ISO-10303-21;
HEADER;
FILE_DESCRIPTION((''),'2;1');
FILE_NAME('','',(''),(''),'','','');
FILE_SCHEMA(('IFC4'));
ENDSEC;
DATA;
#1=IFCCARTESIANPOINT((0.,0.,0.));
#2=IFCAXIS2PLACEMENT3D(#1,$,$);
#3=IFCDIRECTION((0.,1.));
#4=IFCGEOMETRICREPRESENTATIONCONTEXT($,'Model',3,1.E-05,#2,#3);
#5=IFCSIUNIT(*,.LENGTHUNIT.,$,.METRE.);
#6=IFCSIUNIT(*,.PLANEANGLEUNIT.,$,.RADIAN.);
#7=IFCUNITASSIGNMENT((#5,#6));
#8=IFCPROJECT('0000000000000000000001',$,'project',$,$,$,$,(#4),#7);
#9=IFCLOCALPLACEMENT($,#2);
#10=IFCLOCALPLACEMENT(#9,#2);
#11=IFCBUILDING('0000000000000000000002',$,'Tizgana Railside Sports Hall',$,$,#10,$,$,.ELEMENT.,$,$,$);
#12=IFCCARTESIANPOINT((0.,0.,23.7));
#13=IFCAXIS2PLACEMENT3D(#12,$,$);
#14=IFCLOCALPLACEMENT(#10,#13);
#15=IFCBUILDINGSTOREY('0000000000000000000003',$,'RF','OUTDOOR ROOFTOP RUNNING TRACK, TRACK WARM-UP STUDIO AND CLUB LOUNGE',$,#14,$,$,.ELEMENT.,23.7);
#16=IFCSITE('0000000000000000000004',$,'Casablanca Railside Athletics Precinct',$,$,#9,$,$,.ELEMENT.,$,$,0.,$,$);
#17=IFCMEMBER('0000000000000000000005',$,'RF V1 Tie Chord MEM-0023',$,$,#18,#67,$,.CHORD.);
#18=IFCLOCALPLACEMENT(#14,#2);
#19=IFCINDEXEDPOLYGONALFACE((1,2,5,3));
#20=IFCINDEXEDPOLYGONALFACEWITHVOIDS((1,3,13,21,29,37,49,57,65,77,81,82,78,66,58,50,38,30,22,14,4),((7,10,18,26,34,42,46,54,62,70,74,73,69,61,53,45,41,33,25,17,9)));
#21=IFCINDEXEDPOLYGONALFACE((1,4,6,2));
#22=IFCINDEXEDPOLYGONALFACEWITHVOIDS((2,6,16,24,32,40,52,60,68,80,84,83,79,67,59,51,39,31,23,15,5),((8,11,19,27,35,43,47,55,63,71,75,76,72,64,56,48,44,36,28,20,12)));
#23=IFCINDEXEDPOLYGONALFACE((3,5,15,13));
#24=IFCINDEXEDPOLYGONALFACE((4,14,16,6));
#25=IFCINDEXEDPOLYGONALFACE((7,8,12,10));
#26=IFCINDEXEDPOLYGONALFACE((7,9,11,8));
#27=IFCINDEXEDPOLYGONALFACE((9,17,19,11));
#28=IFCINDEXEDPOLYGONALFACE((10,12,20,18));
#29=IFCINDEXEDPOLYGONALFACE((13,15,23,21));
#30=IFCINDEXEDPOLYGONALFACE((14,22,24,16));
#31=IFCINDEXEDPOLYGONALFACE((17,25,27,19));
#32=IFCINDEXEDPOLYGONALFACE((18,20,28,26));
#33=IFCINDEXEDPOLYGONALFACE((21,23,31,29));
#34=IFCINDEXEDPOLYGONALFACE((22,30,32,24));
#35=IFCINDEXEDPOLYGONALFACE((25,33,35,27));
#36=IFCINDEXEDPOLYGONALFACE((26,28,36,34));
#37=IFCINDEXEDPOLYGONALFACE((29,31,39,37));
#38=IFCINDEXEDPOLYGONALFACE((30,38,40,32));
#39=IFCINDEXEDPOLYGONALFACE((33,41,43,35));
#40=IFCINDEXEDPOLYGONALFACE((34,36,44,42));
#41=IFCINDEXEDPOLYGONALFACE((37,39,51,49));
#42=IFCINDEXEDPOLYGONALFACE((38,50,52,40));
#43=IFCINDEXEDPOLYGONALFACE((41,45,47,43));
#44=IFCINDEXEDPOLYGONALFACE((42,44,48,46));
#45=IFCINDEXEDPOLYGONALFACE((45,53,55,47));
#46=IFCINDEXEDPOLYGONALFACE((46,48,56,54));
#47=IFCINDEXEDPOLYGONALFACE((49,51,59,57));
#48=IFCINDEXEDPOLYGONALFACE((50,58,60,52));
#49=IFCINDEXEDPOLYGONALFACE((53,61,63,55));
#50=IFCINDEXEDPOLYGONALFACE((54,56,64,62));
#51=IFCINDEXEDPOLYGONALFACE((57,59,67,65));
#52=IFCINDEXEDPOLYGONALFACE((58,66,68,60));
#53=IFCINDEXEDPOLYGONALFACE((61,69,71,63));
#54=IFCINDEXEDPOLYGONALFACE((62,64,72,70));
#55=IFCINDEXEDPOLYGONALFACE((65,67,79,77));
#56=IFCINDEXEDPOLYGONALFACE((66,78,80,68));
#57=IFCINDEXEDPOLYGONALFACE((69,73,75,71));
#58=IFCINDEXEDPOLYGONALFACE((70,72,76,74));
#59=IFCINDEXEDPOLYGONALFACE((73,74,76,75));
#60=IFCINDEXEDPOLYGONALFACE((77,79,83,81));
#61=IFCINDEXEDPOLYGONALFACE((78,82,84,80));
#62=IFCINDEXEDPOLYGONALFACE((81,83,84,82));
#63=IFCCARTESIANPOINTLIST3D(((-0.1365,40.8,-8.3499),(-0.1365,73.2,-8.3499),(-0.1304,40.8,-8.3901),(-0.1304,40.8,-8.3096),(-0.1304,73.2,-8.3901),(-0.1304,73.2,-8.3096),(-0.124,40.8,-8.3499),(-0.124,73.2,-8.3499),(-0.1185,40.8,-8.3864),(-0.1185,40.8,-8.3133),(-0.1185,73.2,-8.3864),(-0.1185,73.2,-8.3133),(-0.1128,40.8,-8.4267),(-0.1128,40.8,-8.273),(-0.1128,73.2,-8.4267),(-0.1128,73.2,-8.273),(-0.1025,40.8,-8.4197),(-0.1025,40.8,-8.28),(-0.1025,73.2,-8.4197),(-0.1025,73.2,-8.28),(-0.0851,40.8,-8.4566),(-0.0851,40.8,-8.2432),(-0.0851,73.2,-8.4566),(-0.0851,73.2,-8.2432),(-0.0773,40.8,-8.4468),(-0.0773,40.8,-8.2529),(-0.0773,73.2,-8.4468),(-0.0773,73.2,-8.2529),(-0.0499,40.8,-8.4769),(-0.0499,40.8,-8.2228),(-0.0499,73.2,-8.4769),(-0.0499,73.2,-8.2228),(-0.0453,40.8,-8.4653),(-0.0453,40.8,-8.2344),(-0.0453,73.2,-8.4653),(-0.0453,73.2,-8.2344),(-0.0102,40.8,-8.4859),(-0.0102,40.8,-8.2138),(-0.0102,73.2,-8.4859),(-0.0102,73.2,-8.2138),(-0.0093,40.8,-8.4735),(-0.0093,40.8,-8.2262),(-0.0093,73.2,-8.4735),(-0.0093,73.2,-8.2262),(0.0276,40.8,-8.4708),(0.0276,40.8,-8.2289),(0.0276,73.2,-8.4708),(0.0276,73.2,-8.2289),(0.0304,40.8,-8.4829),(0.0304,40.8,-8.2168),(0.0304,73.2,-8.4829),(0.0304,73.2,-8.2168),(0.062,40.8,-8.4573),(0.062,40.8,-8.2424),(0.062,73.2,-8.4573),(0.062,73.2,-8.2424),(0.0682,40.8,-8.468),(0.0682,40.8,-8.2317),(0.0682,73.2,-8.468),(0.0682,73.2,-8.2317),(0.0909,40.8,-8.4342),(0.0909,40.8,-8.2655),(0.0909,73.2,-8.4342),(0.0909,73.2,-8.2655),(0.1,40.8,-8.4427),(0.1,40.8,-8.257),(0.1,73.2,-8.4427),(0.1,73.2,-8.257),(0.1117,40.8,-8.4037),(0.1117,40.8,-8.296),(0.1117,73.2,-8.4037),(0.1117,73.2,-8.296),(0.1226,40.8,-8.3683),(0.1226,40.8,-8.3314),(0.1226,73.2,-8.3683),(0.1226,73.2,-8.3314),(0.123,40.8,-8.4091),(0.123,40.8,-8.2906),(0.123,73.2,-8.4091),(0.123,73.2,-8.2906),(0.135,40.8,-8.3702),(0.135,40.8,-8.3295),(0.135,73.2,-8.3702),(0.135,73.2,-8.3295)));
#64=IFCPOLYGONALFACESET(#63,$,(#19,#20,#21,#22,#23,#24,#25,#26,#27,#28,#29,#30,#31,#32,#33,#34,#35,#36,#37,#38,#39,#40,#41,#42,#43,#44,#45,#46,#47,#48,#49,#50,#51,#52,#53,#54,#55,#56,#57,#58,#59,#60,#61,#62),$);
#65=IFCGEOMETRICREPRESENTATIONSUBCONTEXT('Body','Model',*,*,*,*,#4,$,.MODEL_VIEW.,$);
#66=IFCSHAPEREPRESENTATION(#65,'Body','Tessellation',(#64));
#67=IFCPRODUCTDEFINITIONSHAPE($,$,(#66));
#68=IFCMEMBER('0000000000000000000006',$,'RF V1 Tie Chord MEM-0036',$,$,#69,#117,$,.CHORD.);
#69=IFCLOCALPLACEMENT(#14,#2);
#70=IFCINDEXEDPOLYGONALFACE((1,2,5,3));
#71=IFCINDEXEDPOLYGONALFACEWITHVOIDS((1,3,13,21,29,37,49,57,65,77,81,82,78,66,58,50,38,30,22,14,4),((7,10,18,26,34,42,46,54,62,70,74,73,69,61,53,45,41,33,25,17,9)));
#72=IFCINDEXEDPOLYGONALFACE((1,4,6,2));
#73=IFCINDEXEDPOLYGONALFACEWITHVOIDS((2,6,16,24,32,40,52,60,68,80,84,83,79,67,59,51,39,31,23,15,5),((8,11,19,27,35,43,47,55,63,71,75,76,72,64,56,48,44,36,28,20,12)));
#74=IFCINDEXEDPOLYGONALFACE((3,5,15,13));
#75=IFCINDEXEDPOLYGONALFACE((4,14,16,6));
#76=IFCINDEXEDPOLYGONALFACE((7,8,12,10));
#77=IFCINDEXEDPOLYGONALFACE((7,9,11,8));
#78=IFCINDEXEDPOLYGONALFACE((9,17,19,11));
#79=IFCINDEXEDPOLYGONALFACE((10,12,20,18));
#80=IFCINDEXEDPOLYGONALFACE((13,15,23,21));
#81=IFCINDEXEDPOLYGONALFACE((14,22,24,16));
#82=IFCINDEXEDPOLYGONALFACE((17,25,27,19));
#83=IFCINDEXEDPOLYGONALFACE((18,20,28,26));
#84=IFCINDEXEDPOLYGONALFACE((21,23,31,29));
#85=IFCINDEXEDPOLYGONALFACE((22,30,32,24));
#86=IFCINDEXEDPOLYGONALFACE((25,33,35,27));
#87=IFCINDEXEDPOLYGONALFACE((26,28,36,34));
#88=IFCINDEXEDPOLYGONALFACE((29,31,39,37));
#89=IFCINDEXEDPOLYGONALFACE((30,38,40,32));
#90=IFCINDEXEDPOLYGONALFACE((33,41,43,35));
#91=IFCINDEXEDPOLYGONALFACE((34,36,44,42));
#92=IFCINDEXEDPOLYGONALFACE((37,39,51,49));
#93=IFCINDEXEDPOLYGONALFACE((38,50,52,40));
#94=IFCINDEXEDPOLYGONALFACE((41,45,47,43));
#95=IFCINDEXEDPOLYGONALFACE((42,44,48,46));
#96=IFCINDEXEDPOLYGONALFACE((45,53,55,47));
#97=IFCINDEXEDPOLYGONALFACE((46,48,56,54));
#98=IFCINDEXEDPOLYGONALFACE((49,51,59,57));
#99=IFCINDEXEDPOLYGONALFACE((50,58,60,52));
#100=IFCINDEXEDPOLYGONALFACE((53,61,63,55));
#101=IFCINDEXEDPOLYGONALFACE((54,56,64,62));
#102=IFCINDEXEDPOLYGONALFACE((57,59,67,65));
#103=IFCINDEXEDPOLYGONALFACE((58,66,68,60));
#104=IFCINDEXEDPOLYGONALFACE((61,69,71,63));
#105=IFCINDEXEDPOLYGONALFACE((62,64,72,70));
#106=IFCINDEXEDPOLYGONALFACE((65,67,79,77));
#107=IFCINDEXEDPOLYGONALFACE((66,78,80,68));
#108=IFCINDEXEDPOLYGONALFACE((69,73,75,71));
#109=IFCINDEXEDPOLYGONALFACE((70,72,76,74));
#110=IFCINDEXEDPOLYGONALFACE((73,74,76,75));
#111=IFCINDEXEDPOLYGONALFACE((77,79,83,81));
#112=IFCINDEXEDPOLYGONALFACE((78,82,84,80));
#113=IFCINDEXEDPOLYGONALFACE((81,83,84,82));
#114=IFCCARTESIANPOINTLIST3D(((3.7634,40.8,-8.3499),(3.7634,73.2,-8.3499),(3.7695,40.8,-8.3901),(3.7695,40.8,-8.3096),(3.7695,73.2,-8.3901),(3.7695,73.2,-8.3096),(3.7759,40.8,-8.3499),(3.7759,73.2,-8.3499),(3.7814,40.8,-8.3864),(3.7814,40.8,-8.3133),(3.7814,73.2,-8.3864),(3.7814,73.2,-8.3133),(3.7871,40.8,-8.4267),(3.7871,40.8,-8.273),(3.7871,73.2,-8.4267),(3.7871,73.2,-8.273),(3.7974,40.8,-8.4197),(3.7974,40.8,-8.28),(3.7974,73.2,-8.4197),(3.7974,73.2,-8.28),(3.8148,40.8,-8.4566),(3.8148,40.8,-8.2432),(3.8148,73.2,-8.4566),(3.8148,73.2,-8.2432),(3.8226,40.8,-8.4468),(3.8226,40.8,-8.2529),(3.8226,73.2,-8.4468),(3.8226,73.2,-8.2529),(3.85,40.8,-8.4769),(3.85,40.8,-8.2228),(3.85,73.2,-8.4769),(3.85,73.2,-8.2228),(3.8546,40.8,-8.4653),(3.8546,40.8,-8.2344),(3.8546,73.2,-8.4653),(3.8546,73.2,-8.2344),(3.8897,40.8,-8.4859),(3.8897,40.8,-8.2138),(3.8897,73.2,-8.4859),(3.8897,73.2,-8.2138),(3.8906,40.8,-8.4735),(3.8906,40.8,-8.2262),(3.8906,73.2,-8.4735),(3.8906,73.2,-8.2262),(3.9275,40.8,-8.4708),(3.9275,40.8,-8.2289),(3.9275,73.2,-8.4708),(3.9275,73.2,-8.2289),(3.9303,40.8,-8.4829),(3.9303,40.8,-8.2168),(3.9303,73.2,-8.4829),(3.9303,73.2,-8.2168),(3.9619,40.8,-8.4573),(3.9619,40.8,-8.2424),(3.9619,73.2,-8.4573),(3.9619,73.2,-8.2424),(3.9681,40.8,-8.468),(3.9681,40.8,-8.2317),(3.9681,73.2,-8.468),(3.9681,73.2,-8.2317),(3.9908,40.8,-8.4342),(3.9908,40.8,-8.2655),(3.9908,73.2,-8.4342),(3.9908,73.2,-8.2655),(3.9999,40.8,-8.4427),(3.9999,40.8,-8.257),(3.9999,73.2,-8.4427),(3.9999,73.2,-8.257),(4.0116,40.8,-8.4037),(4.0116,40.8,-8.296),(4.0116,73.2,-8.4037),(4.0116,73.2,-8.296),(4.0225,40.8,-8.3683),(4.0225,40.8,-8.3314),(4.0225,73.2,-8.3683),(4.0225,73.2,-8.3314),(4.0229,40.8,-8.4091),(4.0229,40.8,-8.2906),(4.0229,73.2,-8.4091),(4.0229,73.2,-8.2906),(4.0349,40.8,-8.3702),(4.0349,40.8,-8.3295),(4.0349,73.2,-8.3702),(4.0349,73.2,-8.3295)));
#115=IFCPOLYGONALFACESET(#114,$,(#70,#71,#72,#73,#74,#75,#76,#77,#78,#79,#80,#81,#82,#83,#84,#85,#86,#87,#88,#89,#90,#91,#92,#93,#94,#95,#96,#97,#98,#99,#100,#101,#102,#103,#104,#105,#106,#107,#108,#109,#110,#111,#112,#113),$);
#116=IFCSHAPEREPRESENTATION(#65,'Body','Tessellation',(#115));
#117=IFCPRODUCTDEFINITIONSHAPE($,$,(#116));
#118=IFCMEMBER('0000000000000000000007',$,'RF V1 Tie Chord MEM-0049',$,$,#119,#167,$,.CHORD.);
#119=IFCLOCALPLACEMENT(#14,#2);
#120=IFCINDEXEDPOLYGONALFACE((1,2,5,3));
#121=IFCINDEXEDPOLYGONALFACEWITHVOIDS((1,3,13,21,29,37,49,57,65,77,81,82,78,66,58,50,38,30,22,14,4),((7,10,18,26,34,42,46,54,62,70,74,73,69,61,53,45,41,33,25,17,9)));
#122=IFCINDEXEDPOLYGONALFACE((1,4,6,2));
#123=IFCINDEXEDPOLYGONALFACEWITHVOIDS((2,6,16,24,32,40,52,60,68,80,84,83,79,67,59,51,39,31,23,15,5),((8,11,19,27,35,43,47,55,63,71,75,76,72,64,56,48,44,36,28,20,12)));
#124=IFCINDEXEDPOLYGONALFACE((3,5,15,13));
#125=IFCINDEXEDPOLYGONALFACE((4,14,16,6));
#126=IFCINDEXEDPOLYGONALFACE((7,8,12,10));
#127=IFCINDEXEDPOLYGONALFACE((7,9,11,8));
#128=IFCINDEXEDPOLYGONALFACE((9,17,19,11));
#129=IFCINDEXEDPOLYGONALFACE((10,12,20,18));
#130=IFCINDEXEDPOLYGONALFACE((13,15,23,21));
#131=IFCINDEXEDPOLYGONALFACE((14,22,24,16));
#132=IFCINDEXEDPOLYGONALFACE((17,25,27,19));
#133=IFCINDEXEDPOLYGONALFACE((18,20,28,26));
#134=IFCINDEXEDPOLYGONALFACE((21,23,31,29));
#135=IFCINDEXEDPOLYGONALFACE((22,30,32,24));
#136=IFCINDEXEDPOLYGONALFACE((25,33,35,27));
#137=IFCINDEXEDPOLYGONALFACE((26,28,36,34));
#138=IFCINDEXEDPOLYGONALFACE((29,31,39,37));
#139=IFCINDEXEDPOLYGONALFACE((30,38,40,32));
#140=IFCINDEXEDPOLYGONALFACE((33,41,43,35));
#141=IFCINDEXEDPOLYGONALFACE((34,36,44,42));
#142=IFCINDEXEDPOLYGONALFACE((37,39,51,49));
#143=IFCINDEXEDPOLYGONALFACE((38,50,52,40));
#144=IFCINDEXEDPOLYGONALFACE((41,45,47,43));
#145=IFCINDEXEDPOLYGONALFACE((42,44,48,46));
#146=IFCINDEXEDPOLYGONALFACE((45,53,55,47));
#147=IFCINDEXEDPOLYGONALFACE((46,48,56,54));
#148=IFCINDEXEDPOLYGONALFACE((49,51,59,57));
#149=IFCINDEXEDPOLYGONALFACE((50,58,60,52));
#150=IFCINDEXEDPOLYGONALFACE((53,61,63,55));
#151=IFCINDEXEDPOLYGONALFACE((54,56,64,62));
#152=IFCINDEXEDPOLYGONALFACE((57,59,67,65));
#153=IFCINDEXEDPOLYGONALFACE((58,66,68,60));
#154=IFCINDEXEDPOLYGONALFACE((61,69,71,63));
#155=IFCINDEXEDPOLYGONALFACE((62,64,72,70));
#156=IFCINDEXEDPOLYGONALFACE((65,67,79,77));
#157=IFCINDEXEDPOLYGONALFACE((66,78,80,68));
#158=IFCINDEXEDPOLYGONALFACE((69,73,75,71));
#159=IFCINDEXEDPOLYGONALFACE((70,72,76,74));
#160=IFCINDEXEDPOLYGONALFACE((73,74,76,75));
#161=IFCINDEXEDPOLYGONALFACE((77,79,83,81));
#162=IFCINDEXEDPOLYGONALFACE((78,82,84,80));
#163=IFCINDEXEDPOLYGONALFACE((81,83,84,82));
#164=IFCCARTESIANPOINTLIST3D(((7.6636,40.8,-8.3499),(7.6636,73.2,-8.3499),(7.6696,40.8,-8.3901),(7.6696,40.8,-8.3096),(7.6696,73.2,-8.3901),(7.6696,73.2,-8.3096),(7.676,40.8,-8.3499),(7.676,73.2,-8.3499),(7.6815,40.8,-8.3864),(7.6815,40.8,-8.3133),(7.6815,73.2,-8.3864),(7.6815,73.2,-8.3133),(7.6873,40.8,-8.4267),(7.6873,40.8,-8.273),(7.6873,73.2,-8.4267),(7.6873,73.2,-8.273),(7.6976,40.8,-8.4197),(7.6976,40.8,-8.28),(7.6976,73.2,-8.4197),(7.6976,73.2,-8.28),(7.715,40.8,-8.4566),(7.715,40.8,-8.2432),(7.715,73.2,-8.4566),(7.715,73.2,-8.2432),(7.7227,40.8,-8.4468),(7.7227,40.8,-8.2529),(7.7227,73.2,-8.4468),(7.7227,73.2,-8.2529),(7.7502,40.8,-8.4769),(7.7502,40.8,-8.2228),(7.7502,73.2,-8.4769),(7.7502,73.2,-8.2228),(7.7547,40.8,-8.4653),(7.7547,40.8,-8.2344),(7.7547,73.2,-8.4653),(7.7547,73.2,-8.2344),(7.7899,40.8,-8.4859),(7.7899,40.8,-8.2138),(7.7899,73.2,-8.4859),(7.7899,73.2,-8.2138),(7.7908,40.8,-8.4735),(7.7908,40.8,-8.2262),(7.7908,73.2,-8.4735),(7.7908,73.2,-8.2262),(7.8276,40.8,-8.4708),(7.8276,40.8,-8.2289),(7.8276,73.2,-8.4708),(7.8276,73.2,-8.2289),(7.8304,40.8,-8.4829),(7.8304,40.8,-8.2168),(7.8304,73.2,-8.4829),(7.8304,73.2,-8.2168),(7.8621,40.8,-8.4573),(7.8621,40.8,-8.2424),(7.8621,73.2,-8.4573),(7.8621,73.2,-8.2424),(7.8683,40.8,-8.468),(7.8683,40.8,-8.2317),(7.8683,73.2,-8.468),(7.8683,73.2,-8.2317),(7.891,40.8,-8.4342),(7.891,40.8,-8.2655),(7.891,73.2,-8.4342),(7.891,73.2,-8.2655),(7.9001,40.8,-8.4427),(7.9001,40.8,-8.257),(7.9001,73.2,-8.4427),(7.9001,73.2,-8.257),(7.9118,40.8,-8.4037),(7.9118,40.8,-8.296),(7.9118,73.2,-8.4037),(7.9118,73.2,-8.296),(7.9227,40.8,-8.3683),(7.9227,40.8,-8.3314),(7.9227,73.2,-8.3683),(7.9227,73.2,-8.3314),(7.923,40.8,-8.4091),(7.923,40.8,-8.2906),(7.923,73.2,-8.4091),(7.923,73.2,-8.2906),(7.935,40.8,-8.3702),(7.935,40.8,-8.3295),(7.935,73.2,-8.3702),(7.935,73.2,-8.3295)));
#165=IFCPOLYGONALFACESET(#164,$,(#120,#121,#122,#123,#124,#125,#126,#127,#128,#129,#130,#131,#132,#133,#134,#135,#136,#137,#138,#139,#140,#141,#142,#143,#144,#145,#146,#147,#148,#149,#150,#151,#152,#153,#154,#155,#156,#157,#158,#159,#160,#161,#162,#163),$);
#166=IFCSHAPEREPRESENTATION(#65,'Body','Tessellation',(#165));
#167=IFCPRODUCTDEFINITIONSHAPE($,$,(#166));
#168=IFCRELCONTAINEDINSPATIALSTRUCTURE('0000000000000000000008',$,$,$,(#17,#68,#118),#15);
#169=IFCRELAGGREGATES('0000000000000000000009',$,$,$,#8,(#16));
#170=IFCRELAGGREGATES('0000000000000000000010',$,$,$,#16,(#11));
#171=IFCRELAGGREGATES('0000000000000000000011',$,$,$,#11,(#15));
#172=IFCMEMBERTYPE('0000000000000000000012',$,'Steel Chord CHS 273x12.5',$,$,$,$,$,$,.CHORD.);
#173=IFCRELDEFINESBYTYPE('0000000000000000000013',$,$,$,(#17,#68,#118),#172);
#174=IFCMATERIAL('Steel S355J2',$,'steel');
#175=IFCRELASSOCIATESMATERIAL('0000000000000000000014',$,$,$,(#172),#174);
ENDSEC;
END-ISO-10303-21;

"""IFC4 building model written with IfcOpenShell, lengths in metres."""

from ifc_helpers import new_model, si_unit, direction, frame, origin, origin_2d, place, context, subcontext, project, spatial, hollow_circle, extrude, material, material_profile, profile_set, type_object, element, save


model = new_model("IFC4")

# Units and contexts
model_context = context("Model", 3, precision=1e-05, world=origin(), true_north=direction((0.0, 1.0)))
body_context = subcontext(model_context, "Body", "Model", "MODEL_VIEW")
ifc_project = project(units=[si_unit("LENGTHUNIT", "METRE"), si_unit("PLANEANGLEUNIT", "RADIAN")], contexts=[model_context])

# Site, building, storey
site_placement = place(None, origin())
site = spatial("IfcSite", under=ifc_project, at=site_placement, Name="Casablanca Railside Athletics Precinct", CompositionType="ELEMENT", RefElevation=0.0)
building_placement = place(site_placement, origin())
building = spatial("IfcBuilding", under=site, at=building_placement, Name="Tizgana Railside Sports Hall", CompositionType="ELEMENT")
storey_placement = place(building_placement, frame((0.0, 0.0, 23.7)))
storey = spatial("IfcBuildingStorey", under=building, at=storey_placement, Name="RF", Description="OUTDOOR ROOFTOP RUNNING TRACK, TRACK WARM-UP STUDIO AND CLUB LOUNGE", CompositionType="ELEMENT", Elevation=23.7)

# Shared definitions
ifc_material_1 = material(Name="Steel S355J2", Category="steel")

# Members
ifc_material_profile_1 = material_profile(ifc_material_1, hollow_circle(Radius=0.1365, WallThickness=0.0125, at=origin_2d()), Name="CHS 273x12.5")
ifc_profile_set_1 = profile_set([ifc_material_profile_1], Name="Steel S355J2")
member_type_1 = type_object("IfcMemberType", Name="Steel Chord CHS 273x12.5", PredefinedType="CHORD", material=ifc_profile_set_1)
for number, where, z_axis, x_axis, name in (
    (1, (0.0, 40.8, -8.3499), (0.0, 1.0, 0.0), (-1.0, 0.0, 0.0), "RF V1 Tie Chord MEM-0023"),
    (2, (3.8999, 40.8, -8.3499), (0.0, 1.0, 0.0), (-1.0, 0.0, 0.0), "RF V1 Tie Chord MEM-0036"),
    (3, (7.8, 40.8, -8.3499), (0.0, 1.0, 0.0), (-1.0, 0.0, 0.0), "RF V1 Tie Chord MEM-0049"),
):
    element("IfcMember", number, at=place(storey_placement, frame(where, z_axis=z_axis, x_axis=x_axis)), inside=storey, type_object=member_type_1, Name=name, PredefinedType="CHORD", context=body_context, shape_type="SweptSolid", body=[
        extrude(hollow_circle(Radius=0.1365, WallThickness=0.0125, at=origin_2d()), origin(), (0.0, 0.0, 1.0), 32.3999),
    ])

save(model, "model.ifc")
